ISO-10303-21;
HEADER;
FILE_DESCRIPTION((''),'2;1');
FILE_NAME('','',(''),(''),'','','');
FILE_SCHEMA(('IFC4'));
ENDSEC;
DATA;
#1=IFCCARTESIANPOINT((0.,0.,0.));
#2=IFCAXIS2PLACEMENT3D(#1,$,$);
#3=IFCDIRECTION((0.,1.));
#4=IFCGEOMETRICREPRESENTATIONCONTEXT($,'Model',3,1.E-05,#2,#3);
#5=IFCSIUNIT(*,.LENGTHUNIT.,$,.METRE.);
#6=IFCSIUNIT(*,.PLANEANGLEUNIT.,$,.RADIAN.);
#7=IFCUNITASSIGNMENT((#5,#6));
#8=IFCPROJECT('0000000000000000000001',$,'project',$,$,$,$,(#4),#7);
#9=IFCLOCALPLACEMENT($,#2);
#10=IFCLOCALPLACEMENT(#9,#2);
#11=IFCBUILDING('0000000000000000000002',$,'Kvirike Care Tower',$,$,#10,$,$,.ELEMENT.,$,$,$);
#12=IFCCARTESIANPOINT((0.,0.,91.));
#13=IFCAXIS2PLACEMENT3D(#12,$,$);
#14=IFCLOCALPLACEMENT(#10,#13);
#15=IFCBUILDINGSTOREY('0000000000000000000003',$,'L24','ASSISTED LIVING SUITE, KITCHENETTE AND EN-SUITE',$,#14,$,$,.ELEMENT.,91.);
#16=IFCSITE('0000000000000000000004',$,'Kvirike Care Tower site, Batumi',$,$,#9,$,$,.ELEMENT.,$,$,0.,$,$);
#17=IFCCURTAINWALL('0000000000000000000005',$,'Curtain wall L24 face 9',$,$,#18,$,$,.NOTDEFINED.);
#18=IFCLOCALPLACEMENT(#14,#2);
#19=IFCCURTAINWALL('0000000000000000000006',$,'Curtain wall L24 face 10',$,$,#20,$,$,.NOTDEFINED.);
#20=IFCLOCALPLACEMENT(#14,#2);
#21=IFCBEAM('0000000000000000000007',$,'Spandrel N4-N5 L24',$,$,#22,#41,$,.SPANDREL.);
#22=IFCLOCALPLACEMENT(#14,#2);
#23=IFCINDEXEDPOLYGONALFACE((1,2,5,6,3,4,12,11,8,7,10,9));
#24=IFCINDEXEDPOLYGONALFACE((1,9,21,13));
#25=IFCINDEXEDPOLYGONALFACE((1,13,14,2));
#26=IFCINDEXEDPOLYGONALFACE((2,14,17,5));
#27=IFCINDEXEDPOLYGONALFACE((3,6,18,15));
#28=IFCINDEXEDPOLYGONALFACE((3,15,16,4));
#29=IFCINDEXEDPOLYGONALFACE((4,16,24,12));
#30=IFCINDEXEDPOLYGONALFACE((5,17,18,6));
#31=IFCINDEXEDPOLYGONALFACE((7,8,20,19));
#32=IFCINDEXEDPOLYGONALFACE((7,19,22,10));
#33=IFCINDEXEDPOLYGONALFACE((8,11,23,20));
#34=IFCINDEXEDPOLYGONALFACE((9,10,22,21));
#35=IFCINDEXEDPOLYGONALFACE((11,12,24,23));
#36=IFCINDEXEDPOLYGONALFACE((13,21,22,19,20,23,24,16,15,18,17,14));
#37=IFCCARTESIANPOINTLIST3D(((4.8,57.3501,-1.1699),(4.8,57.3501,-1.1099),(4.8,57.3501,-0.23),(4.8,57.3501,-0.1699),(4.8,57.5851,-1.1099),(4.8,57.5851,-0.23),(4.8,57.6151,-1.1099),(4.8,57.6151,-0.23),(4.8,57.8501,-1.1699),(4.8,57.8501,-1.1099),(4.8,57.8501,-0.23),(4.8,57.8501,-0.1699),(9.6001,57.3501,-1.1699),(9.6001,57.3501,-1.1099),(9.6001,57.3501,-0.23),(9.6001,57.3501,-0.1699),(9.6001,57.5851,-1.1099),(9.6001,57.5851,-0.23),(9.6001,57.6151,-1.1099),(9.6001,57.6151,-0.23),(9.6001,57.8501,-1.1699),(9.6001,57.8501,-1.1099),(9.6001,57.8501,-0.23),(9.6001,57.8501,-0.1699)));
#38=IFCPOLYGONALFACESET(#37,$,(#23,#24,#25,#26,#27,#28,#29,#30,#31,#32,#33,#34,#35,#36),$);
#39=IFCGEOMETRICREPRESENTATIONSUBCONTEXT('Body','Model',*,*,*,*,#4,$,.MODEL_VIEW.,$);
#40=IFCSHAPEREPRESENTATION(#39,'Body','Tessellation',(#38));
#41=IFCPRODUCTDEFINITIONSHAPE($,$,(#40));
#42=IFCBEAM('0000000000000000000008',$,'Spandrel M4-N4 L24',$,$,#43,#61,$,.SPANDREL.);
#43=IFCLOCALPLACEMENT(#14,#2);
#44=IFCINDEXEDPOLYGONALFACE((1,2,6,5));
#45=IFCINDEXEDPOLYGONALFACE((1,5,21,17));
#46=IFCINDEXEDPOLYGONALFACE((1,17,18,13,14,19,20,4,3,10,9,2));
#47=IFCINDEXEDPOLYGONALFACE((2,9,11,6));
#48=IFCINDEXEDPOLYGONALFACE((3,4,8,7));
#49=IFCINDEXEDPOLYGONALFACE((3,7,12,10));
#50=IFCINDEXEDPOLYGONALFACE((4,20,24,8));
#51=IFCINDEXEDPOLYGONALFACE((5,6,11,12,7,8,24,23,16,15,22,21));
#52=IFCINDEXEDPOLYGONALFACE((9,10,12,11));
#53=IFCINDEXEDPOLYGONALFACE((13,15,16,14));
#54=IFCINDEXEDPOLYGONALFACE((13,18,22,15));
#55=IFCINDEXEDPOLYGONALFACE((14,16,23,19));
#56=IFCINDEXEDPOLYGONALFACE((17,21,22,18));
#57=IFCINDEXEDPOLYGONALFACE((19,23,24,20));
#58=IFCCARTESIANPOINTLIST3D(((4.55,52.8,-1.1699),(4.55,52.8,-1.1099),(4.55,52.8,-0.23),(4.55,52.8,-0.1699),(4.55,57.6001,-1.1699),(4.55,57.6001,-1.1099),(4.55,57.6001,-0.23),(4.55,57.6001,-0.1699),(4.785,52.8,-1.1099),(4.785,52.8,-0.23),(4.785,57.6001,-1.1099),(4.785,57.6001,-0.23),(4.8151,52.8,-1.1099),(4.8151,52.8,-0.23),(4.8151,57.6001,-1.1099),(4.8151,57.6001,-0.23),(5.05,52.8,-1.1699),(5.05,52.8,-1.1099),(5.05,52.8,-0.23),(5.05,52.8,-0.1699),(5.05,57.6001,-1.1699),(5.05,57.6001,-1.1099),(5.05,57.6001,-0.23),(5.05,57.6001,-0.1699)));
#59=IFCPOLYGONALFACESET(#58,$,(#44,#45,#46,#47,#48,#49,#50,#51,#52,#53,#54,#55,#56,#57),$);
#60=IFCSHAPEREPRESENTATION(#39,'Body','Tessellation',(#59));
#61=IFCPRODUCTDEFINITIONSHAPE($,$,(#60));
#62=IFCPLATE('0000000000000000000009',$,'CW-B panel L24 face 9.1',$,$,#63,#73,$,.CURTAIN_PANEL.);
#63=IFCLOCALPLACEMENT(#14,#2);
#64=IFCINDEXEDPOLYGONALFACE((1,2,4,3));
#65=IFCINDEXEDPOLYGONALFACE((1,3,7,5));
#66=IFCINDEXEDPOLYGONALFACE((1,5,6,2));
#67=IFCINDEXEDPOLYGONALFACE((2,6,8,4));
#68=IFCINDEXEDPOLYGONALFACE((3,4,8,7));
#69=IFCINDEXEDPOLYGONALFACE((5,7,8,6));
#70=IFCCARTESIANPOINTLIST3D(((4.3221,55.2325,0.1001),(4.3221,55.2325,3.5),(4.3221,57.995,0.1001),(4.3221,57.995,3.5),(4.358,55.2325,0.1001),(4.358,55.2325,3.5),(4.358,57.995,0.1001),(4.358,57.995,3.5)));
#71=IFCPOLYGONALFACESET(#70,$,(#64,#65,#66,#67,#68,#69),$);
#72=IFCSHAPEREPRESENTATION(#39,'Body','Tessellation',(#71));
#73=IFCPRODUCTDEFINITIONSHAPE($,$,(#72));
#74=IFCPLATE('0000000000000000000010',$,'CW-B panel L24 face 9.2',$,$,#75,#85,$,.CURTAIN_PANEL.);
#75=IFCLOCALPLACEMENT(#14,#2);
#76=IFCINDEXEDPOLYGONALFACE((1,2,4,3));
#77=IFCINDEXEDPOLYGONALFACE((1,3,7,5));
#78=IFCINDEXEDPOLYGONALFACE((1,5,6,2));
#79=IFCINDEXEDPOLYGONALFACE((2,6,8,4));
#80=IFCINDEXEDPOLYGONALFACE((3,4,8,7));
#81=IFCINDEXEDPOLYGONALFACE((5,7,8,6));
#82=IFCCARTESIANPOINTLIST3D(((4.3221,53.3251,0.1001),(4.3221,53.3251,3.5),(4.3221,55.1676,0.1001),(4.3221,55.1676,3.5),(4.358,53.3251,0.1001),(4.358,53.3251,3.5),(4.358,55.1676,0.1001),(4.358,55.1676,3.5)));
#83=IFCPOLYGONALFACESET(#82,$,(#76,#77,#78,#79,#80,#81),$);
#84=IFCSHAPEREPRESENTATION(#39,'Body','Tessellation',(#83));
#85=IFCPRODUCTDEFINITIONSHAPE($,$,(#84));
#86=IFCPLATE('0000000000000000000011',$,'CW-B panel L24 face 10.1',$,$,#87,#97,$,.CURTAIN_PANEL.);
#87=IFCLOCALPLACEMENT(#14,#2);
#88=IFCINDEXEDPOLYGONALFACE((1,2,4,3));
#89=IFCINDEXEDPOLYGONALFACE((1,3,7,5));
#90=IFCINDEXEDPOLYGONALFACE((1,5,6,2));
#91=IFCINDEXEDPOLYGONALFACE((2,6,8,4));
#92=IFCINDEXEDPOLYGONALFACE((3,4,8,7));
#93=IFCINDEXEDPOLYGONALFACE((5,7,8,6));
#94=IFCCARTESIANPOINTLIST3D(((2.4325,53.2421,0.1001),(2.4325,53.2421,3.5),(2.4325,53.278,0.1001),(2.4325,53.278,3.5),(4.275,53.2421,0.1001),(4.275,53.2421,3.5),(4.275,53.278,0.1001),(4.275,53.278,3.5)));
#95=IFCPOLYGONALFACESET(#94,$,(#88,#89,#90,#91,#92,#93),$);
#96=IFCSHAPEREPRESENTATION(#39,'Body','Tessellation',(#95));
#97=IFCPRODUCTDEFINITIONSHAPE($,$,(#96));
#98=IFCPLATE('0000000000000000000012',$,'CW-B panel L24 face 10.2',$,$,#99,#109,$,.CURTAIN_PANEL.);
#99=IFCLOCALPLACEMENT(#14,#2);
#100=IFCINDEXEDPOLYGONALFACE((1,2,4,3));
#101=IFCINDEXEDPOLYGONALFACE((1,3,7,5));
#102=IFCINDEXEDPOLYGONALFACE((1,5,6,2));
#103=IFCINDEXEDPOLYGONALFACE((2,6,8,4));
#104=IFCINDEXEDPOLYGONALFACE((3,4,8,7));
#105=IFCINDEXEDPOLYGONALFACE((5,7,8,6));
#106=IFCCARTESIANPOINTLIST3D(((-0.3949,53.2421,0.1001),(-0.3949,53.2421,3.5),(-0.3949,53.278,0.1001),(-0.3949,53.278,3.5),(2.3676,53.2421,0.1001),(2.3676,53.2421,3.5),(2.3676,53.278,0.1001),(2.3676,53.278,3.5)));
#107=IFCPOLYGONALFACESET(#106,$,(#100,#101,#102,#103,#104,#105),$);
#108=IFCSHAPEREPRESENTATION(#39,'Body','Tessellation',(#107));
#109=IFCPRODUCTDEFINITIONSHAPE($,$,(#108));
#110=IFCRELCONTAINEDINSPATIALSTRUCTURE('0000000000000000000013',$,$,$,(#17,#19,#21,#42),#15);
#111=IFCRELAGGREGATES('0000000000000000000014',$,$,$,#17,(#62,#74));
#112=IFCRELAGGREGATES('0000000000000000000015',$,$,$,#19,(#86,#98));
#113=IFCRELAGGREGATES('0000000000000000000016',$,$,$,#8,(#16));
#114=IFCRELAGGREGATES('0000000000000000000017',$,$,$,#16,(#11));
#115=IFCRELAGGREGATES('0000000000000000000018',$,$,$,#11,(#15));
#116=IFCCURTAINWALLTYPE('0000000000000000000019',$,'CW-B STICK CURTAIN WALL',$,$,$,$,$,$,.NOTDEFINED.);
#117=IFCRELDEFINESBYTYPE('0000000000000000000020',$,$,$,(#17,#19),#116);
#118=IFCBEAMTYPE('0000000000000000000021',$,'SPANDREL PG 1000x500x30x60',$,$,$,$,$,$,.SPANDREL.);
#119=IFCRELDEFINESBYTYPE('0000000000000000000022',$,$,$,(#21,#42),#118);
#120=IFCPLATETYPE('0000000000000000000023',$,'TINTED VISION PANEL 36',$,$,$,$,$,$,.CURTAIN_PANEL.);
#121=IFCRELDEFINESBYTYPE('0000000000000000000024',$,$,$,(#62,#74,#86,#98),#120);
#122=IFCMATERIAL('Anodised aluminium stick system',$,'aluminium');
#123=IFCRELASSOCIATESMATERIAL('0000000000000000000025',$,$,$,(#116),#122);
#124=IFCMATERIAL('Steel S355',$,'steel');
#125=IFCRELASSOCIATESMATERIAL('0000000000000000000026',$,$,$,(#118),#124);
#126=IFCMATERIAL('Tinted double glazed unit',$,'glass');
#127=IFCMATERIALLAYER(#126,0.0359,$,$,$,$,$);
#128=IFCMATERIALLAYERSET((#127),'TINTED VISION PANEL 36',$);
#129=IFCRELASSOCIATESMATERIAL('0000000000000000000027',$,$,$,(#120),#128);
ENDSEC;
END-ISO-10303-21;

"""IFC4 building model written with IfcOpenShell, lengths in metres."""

from ifc_helpers import new_model, si_unit, direction, frame, origin, origin_2d, place, context, subcontext, project, spatial, rectangle, i_section, extrude, material, layer, layer_set, material_profile, profile_set, type_object, element, aggregate, save


model = new_model("IFC4")

# Units and contexts
model_context = context("Model", 3, precision=1e-05, world=origin(), true_north=direction((0.0, 1.0)))
body_context = subcontext(model_context, "Body", "Model", "MODEL_VIEW")
ifc_project = project(units=[si_unit("LENGTHUNIT", "METRE"), si_unit("PLANEANGLEUNIT", "RADIAN")], contexts=[model_context])

# Site, building, storey
site_placement = place(None, origin())
site = spatial("IfcSite", under=ifc_project, at=site_placement, Name="Kvirike Care Tower site, Batumi", CompositionType="ELEMENT", RefElevation=0.0)
building_placement = place(site_placement, origin())
building = spatial("IfcBuilding", under=site, at=building_placement, Name="Kvirike Care Tower", CompositionType="ELEMENT")
storey_placement = place(building_placement, frame((0.0, 0.0, 91.0)))
storey = spatial("IfcBuildingStorey", under=building, at=storey_placement, Name="L24", Description="ASSISTED LIVING SUITE, KITCHENETTE AND EN-SUITE", CompositionType="ELEMENT", Elevation=91.0)

# Shared definitions
ifc_material_1 = material(Name="Anodised aluminium stick system", Category="aluminium")
curtain_wall_type = type_object("IfcCurtainWallType", Name="CW-B STICK CURTAIN WALL", PredefinedType="NOTDEFINED", material=ifc_material_1)

# Curtain walls
curtain_wall_1_placement = place(storey_placement, origin())
curtain_wall_1 = element("IfcCurtainWall", 1, at=curtain_wall_1_placement, inside=storey, type_object=curtain_wall_type, Name="Curtain wall L24 face 9", PredefinedType="NOTDEFINED")
curtain_wall_2_placement = place(storey_placement, origin())
curtain_wall_2 = element("IfcCurtainWall", 2, at=curtain_wall_2_placement, inside=storey, type_object=curtain_wall_type, Name="Curtain wall L24 face 10", PredefinedType="NOTDEFINED")

# Beams
ifc_material_2 = material(Name="Steel S355", Category="steel")
ifc_material_profile_1 = material_profile(ifc_material_2, i_section(OverallWidth=0.5, OverallDepth=1.0, WebThickness=0.03, FlangeThickness=0.0601, at=origin_2d()), Name="PG 1000x500x30x60")
ifc_profile_set_1 = profile_set([ifc_material_profile_1], Name="Steel S355")
beam_type = type_object("IfcBeamType", Name="SPANDREL PG 1000x500x30x60", PredefinedType="SPANDREL", material=ifc_profile_set_1)
for number, where, z_axis, x_axis, name in (
    (3, (4.8, 57.6001, -0.6699), (1.0, 0.0, 0.0), (0.0, 1.0, 0.0), "Spandrel N4-N5 L24"),
    (4, (4.8, 52.8, -0.6699), (0.0, 1.0, 0.0), (-1.0, 0.0, 0.0), "Spandrel M4-N4 L24"),
):
    element("IfcBeam", number, at=place(storey_placement, frame(where, z_axis=z_axis, x_axis=x_axis)), inside=storey, type_object=beam_type, Name=name, PredefinedType="SPANDREL", context=body_context, shape_type="SweptSolid", body=[
        extrude(i_section(OverallWidth=0.5, OverallDepth=1.0, WebThickness=0.03, FlangeThickness=0.0601, at=origin_2d()), origin(), (0.0, 0.0, 1.0), 4.8),
    ])

# Plates
ifc_material_3 = material(Name="Tinted double glazed unit", Category="glass")
ifc_layer = layer(ifc_material_3, 0.0359)
ifc_layer_set = layer_set([ifc_layer], Name="TINTED VISION PANEL 36")
plate_type = type_object("IfcPlateType", Name="TINTED VISION PANEL 36", PredefinedType="CURTAIN_PANEL", material=ifc_layer_set)
plate_1_placement = place(storey_placement, frame((4.3401, 56.6138, 0.1001), z_axis=(0.0, 0.0, 1.0), x_axis=(0.0, -1.0, 0.0)))
plate_1 = element("IfcPlate", 5, at=plate_1_placement, type_object=plate_type, Name="CW-B panel L24 face 9.1", PredefinedType="CURTAIN_PANEL", context=body_context, shape_type="SweptSolid", body=[
    extrude(rectangle(XDim=2.7625, YDim=0.0359, at=origin_2d()), origin(), (0.0, 0.0, 1.0), 3.3999),
])
plate_2_placement = place(storey_placement, frame((4.3401, 54.2463, 0.1001), z_axis=(0.0, 0.0, 1.0), x_axis=(0.0, -1.0, 0.0)))
plate_2 = element("IfcPlate", 6, at=plate_2_placement, type_object=plate_type, Name="CW-B panel L24 face 9.2", PredefinedType="CURTAIN_PANEL", context=body_context, shape_type="SweptSolid", body=[
    extrude(rectangle(XDim=1.8425, YDim=0.0359, at=origin_2d()), origin(), (0.0, 0.0, 1.0), 3.3999),
])
aggregate(curtain_wall_1, [plate_1, plate_2])
plate_3_placement = place(storey_placement, frame((3.3538, 53.26, 0.1001), z_axis=(0.0, 0.0, 1.0), x_axis=(-1.0, 0.0, 0.0)))
plate_3 = element("IfcPlate", 7, at=plate_3_placement, type_object=plate_type, Name="CW-B panel L24 face 10.1", PredefinedType="CURTAIN_PANEL", context=body_context, shape_type="SweptSolid", body=[
    extrude(rectangle(XDim=1.8425, YDim=0.0359, at=origin_2d()), origin(), (0.0, 0.0, 1.0), 3.3999),
])
plate_4_placement = place(storey_placement, frame((0.9863, 53.26, 0.1001), z_axis=(0.0, 0.0, 1.0), x_axis=(-1.0, 0.0, 0.0)))
plate_4 = element("IfcPlate", 8, at=plate_4_placement, type_object=plate_type, Name="CW-B panel L24 face 10.2", PredefinedType="CURTAIN_PANEL", context=body_context, shape_type="SweptSolid", body=[
    extrude(rectangle(XDim=2.7625, YDim=0.0359, at=origin_2d()), origin(), (0.0, 0.0, 1.0), 3.3999),
])
aggregate(curtain_wall_2, [plate_3, plate_4])

save(model, "model.ifc")
